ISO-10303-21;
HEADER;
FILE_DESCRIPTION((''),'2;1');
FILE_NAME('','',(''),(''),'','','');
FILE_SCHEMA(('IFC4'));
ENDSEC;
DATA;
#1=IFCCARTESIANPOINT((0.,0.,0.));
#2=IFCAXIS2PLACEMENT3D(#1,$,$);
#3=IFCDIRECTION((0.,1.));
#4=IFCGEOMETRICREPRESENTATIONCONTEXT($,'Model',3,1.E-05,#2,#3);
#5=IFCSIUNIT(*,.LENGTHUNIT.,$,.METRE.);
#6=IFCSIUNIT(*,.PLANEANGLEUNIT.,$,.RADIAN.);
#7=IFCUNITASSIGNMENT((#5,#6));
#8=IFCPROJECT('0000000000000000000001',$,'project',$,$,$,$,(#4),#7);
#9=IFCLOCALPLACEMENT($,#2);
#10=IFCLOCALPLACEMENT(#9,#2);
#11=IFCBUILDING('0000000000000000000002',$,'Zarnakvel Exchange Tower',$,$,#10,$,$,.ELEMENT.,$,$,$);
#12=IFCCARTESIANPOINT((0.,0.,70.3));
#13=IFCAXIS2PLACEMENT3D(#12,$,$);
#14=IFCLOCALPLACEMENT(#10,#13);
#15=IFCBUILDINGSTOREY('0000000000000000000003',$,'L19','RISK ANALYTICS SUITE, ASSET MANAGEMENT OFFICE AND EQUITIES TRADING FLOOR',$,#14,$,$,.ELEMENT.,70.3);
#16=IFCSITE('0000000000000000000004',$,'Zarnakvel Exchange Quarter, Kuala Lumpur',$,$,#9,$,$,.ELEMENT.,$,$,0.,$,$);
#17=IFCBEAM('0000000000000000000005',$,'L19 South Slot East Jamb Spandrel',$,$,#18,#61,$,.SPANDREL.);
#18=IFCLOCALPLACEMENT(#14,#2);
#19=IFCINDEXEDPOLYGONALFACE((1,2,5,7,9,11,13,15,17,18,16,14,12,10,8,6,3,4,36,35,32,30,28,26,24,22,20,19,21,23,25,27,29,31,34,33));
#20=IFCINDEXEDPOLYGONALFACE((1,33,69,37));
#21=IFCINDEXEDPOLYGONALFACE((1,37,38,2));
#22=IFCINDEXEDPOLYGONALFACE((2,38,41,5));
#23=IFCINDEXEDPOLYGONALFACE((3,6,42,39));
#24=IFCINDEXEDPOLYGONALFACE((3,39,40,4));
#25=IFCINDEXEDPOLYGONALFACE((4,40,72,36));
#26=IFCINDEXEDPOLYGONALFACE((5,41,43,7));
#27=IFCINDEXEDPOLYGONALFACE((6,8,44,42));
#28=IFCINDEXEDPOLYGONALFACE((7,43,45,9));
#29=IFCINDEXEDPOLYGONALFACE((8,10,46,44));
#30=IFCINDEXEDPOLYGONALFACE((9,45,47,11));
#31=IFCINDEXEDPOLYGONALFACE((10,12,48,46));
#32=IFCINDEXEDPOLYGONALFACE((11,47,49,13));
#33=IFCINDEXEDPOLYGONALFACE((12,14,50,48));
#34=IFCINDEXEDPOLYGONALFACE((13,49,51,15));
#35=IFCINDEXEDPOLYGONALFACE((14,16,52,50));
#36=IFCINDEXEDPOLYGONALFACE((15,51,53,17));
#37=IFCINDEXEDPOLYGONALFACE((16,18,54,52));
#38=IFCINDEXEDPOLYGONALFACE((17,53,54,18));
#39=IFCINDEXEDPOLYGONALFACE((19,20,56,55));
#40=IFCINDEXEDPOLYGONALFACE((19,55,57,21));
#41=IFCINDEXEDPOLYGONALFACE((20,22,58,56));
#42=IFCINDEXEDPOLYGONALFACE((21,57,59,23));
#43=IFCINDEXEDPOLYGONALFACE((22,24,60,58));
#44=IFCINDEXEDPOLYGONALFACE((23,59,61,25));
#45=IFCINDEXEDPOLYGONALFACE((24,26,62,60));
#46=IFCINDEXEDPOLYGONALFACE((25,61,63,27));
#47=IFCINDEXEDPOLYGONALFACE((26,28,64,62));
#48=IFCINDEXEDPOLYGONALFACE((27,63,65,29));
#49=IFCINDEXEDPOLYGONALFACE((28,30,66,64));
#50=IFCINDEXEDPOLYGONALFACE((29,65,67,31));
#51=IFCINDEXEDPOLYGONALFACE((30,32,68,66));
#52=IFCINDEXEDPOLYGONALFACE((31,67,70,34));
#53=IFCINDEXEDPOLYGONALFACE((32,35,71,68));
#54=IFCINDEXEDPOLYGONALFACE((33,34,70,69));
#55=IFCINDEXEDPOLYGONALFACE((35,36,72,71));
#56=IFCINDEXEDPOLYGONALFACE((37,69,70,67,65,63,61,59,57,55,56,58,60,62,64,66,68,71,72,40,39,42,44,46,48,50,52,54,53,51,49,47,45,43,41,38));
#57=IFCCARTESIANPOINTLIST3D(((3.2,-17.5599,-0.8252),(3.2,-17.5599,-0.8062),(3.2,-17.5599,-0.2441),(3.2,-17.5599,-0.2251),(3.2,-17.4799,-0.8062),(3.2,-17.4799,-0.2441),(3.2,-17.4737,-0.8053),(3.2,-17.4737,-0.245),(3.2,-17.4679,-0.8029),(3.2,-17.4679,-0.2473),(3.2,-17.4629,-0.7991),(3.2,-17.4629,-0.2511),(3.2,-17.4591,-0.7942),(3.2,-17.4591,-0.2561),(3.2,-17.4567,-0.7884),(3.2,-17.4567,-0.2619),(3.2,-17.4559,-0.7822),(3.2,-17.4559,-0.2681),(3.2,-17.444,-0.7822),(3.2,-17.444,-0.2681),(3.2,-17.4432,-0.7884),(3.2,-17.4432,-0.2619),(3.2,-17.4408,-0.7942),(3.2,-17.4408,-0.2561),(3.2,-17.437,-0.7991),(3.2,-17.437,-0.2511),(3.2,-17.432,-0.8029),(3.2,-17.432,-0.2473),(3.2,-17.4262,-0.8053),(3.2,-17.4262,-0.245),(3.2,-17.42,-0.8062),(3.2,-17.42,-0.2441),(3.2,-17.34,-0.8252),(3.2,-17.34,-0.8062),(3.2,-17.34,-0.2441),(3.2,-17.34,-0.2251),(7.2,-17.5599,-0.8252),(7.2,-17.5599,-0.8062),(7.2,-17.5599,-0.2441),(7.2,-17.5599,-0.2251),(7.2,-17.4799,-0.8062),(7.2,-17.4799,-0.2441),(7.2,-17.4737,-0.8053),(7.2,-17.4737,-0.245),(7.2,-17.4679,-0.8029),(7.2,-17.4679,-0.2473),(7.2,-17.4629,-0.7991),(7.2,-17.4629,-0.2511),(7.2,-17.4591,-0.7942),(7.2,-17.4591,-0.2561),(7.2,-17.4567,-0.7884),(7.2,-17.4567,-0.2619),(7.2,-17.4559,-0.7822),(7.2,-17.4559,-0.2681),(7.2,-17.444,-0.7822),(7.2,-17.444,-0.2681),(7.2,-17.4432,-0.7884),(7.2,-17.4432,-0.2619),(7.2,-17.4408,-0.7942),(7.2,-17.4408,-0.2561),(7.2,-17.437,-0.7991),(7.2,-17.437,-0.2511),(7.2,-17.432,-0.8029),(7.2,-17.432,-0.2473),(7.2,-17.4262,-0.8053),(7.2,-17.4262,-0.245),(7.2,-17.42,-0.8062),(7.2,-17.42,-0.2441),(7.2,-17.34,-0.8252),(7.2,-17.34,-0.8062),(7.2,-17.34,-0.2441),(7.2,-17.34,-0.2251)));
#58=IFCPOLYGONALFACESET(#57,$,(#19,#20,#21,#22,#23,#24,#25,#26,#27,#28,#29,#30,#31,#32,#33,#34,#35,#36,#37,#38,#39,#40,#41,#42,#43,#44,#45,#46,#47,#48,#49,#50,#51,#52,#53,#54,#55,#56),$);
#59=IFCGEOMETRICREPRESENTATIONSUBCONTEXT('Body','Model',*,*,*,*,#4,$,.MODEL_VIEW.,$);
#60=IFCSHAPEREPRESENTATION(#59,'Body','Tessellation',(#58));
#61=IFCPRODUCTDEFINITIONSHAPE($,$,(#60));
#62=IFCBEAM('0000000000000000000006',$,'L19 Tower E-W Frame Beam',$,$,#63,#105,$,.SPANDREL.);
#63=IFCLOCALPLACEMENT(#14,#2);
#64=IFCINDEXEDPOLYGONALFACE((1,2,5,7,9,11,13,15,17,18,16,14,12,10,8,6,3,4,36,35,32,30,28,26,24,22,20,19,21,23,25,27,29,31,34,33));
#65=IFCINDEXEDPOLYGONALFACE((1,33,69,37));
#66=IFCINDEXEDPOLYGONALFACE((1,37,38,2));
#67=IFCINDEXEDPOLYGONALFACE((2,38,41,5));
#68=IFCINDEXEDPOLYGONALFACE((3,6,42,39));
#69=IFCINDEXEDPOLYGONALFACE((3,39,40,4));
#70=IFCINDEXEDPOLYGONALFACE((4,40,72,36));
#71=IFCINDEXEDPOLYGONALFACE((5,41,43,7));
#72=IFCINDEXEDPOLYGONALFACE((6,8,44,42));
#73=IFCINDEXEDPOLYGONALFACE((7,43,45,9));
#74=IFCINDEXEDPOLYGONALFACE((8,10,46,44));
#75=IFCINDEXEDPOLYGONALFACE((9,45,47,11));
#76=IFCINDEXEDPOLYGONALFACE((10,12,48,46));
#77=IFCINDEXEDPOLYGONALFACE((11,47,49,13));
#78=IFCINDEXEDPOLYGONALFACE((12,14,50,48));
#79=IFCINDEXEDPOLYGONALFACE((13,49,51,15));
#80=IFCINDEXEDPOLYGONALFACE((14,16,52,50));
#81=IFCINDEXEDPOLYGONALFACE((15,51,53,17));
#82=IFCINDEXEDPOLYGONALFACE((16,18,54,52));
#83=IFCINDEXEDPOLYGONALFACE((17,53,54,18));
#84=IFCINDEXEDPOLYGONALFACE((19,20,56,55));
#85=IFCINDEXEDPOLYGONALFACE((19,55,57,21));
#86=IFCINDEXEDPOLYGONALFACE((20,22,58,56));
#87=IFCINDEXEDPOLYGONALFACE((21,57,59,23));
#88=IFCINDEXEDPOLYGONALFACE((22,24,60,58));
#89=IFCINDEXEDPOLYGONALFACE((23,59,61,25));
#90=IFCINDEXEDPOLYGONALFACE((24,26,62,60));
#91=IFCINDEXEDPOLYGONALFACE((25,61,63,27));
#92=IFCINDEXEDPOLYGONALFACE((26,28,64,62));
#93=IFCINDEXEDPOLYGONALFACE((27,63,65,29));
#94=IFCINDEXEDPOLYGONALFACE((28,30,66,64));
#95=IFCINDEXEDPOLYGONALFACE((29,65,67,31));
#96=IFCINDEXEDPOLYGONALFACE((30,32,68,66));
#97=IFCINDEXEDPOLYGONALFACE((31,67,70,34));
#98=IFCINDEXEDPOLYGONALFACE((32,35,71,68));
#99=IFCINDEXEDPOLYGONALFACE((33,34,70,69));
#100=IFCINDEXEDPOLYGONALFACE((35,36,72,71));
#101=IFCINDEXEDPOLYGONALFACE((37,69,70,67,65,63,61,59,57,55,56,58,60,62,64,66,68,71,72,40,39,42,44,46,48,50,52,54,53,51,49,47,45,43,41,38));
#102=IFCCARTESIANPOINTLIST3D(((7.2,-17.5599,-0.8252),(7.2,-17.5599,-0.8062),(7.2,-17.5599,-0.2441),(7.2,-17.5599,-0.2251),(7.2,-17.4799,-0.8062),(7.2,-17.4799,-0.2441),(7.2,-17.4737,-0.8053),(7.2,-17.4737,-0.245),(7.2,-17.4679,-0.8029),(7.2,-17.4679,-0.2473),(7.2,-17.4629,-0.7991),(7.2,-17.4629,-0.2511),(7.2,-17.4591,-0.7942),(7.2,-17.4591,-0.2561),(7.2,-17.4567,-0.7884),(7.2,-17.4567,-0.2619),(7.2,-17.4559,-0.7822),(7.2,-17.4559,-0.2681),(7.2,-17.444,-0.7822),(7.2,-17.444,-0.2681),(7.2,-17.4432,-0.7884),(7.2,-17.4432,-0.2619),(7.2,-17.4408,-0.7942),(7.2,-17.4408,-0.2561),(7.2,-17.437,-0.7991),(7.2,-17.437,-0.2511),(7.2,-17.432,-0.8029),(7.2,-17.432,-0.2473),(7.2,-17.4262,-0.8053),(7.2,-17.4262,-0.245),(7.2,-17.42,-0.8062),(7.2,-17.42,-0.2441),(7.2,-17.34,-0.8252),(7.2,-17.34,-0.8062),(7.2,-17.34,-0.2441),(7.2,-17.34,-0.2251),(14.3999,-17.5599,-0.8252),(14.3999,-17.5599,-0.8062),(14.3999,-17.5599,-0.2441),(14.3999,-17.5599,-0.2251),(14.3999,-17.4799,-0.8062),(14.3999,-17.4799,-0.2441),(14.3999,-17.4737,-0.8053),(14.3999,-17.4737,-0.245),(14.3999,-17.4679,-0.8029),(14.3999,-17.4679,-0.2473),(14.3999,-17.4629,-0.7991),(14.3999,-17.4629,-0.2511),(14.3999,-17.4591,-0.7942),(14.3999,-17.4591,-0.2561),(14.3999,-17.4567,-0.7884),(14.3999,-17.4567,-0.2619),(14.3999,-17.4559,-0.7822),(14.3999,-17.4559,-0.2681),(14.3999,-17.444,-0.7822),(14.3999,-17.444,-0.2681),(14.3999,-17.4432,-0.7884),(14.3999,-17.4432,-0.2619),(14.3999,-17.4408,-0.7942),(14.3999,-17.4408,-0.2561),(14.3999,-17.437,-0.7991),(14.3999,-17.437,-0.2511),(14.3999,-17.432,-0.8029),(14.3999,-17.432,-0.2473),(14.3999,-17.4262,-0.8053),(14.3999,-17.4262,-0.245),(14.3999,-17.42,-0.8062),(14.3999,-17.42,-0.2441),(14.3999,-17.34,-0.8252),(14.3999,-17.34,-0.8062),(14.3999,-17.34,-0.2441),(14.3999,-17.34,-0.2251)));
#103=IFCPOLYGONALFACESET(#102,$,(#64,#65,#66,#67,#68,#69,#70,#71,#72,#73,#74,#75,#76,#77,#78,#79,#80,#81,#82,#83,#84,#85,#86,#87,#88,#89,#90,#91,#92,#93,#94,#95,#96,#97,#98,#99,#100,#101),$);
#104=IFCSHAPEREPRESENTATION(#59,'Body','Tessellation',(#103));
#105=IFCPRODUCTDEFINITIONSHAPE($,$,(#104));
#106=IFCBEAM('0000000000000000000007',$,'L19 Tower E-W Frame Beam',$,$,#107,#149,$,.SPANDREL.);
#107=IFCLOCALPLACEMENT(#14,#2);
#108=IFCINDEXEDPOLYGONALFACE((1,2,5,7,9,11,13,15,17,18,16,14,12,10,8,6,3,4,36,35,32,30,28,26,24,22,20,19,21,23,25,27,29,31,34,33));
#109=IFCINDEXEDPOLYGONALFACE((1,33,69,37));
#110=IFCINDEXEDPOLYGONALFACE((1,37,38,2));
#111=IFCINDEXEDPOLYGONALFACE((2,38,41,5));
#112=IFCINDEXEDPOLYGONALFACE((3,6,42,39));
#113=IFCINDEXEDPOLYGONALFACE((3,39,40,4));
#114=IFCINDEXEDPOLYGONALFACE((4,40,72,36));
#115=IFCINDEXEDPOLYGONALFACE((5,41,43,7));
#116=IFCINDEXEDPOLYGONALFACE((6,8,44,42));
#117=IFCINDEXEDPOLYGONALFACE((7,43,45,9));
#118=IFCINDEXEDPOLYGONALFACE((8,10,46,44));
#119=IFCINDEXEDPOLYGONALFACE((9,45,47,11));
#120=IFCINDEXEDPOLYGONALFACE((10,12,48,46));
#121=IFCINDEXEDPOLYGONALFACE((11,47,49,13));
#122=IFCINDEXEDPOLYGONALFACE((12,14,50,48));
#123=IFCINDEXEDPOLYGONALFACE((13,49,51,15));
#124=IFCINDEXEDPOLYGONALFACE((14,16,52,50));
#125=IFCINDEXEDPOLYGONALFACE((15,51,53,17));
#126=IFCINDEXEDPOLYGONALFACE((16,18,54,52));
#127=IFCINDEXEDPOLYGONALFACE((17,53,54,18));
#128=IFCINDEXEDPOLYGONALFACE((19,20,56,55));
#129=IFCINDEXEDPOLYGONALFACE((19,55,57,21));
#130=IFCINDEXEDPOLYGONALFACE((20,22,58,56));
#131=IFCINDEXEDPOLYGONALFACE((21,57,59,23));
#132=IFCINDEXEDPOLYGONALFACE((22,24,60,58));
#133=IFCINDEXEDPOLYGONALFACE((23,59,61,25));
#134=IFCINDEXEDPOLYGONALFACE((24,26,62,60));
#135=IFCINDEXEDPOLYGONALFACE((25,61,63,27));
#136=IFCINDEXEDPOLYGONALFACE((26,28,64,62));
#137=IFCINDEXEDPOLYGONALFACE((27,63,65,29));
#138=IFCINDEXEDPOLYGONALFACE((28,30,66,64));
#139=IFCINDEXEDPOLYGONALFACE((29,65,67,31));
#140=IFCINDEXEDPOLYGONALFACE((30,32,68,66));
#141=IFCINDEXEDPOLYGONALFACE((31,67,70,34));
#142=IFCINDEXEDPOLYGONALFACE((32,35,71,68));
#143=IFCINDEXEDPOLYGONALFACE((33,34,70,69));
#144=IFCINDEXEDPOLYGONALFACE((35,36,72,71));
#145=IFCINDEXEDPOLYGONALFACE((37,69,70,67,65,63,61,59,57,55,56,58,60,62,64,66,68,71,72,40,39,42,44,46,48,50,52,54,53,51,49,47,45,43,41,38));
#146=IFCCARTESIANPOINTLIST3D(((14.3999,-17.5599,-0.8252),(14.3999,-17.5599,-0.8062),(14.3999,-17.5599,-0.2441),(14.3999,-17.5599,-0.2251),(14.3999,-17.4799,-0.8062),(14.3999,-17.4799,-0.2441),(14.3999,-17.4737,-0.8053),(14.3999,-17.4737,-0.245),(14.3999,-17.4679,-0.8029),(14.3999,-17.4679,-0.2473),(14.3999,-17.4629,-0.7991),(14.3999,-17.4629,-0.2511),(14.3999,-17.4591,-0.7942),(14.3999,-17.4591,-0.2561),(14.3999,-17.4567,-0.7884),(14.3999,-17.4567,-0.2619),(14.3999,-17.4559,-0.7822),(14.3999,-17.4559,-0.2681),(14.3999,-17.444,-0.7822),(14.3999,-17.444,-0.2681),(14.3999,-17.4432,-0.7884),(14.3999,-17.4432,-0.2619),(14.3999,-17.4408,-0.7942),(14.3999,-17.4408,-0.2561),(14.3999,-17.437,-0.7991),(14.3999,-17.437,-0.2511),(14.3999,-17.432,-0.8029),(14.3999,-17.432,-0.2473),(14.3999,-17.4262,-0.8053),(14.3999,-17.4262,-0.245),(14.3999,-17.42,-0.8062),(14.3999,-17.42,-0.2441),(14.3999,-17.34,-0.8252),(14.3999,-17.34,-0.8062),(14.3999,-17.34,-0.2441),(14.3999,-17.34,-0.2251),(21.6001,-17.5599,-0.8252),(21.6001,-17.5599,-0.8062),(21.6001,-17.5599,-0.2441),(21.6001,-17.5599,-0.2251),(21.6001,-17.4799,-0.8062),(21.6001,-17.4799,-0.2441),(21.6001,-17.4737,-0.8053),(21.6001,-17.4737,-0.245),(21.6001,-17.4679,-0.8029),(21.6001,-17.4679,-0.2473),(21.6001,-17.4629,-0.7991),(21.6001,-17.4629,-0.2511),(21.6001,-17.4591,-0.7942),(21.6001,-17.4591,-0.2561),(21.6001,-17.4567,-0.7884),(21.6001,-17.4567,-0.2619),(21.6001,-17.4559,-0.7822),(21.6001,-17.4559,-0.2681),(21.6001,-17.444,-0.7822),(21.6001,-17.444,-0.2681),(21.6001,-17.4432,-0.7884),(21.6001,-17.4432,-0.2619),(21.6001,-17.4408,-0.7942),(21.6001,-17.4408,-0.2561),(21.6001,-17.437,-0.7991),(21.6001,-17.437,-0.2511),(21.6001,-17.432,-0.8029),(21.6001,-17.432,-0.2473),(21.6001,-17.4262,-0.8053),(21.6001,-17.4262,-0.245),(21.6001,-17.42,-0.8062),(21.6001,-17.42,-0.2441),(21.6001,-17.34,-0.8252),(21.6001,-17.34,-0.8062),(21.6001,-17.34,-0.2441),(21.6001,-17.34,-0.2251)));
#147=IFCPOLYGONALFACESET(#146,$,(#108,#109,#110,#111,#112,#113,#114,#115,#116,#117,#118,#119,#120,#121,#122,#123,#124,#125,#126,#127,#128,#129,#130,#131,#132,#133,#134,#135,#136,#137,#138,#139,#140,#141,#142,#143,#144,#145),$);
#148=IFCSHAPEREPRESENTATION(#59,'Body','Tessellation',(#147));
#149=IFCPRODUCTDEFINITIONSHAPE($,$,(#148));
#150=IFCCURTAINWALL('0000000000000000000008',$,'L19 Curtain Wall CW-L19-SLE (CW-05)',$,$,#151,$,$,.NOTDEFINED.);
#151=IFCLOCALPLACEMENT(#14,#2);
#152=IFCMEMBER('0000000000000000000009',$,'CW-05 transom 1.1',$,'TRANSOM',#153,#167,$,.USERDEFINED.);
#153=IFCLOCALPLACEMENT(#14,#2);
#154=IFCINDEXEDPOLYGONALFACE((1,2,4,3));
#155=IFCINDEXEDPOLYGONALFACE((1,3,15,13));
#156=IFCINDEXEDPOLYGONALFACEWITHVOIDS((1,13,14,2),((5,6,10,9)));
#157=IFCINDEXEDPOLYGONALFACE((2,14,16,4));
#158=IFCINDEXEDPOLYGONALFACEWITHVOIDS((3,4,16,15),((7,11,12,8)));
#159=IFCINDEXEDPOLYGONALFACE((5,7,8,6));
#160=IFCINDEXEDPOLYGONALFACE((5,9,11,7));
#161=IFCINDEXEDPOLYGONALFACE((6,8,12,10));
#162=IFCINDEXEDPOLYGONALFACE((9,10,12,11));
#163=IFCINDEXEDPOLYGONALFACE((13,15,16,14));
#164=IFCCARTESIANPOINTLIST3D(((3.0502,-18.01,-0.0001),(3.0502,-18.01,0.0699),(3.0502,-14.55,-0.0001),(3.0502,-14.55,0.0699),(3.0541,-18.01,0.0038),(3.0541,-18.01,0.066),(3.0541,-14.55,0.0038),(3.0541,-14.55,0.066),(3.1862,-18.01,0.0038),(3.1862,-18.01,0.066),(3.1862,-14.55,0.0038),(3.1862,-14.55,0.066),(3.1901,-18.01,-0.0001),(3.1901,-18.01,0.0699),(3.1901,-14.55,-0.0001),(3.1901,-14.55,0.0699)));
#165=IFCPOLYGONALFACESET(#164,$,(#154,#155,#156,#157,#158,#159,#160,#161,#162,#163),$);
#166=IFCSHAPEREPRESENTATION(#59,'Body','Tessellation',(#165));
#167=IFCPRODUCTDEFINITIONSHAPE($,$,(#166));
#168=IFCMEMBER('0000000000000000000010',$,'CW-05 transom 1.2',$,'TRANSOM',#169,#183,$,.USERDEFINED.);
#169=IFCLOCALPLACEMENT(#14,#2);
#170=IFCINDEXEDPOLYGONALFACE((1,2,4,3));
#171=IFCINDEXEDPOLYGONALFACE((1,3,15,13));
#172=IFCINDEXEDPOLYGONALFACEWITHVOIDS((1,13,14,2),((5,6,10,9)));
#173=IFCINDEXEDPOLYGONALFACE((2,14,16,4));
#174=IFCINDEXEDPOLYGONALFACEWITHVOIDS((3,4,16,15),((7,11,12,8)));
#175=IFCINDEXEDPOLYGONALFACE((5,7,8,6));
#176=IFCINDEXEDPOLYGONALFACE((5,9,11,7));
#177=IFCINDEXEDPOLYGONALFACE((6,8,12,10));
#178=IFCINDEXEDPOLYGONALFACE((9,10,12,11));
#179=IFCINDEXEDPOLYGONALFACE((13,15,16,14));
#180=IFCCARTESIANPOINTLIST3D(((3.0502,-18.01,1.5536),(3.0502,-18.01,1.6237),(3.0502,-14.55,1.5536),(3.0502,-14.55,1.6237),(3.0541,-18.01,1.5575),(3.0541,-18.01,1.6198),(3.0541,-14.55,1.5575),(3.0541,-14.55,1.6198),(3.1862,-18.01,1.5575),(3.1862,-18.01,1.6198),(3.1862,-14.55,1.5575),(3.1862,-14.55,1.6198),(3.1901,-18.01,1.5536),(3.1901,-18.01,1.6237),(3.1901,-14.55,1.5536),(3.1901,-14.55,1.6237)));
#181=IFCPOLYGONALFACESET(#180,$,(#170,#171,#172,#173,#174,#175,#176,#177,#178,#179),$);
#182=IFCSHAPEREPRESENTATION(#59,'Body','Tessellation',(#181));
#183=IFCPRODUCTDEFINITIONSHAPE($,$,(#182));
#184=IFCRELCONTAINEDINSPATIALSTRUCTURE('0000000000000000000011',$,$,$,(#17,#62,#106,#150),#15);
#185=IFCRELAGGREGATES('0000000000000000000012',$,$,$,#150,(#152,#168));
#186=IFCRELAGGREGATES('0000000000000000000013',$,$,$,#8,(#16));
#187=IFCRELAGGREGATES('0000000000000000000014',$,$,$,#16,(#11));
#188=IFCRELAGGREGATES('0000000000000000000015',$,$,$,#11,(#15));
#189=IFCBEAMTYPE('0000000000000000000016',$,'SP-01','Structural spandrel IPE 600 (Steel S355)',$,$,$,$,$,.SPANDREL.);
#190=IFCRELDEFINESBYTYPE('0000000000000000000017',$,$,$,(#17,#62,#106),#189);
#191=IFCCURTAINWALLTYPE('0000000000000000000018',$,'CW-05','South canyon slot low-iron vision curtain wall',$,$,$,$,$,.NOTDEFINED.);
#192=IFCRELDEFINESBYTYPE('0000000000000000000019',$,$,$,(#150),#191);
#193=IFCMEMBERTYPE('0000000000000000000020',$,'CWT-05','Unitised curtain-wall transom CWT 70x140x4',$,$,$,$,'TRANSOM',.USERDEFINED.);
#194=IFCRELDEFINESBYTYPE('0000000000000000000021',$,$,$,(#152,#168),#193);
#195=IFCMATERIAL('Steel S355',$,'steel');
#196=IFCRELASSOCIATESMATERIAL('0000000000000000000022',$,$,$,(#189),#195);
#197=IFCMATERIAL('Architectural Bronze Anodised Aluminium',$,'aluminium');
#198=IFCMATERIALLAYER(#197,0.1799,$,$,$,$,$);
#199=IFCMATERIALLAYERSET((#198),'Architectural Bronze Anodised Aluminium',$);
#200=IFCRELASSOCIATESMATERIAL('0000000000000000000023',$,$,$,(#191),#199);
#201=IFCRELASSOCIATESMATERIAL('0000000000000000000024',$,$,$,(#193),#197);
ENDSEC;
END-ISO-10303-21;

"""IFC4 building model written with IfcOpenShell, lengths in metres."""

from ifc_helpers import new_model, si_unit, direction, frame, origin, origin_2d, place, context, subcontext, project, spatial, hollow_rectangle, i_section, extrude, source, transform, mapped, material, layer, layer_set, material_profile, profile_set, type_object, element, aggregate, save


model = new_model("IFC4")

# Units and contexts
model_context = context("Model", 3, precision=1e-05, world=origin(), true_north=direction((0.0, 1.0)))
body_context = subcontext(model_context, "Body", "Model", "MODEL_VIEW")
ifc_project = project(units=[si_unit("LENGTHUNIT", "METRE"), si_unit("PLANEANGLEUNIT", "RADIAN")], contexts=[model_context])

# Site, building, storey
site_placement = place(None, origin())
site = spatial("IfcSite", under=ifc_project, at=site_placement, Name="Zarnakvel Exchange Quarter, Kuala Lumpur", CompositionType="ELEMENT", RefElevation=0.0)
building_placement = place(site_placement, origin())
building = spatial("IfcBuilding", under=site, at=building_placement, Name="Zarnakvel Exchange Tower", CompositionType="ELEMENT")
storey_placement = place(building_placement, frame((0.0, 0.0, 70.3)))
storey = spatial("IfcBuildingStorey", under=building, at=storey_placement, Name="L19", Description="RISK ANALYTICS SUITE, ASSET MANAGEMENT OFFICE AND EQUITIES TRADING FLOOR", CompositionType="ELEMENT", Elevation=70.3)

# Beams
ifc_material_1 = material(Name="Steel S355", Category="steel")
ifc_material_profile_1 = material_profile(ifc_material_1, i_section(OverallWidth=0.22, OverallDepth=0.6001, WebThickness=0.012, FlangeThickness=0.019, FilletRadius=0.0239, at=origin_2d()))
ifc_profile_set_1 = profile_set([ifc_material_profile_1], Name="Steel S355")
beam_type_1 = type_object("IfcBeamType", Name="SP-01", Description="Structural spandrel IPE 600 (Steel S355)", PredefinedType="SPANDREL", material=ifc_profile_set_1)
beam_1_placement = place(storey_placement, frame((3.2, -17.45, -0.5251), z_axis=(1.0, 0.0, 0.0), x_axis=(0.0, 1.0, 0.0)))
element("IfcBeam", 1, at=beam_1_placement, inside=storey, type_object=beam_type_1, Name="L19 South Slot East Jamb Spandrel", PredefinedType="SPANDREL", context=body_context, shape_type="SweptSolid", body=[
    extrude(i_section(OverallWidth=0.22, OverallDepth=0.6001, WebThickness=0.012, FlangeThickness=0.019, FilletRadius=0.0239, at=origin_2d()), origin(), (0.0, 0.0, 1.0), 4.0),
])
beam_2_placement = place(storey_placement, frame((7.2, -17.45, -0.5251), z_axis=(1.0, 0.0, 0.0), x_axis=(0.0, 1.0, 0.0)))
element("IfcBeam", 2, at=beam_2_placement, inside=storey, type_object=beam_type_1, Name="L19 Tower E-W Frame Beam", PredefinedType="SPANDREL", context=body_context, shape_type="SweptSolid", body=[
    extrude(i_section(OverallWidth=0.22, OverallDepth=0.6001, WebThickness=0.012, FlangeThickness=0.019, FilletRadius=0.0239, at=origin_2d()), origin(), (0.0, 0.0, 1.0), 7.2),
])
beam_3_placement = place(storey_placement, frame((14.3999, -17.45, -0.5251), z_axis=(1.0, 0.0, 0.0), x_axis=(0.0, 1.0, 0.0)))
element("IfcBeam", 3, at=beam_3_placement, inside=storey, type_object=beam_type_1, Name="L19 Tower E-W Frame Beam", PredefinedType="SPANDREL", context=body_context, shape_type="SweptSolid", body=[
    extrude(i_section(OverallWidth=0.22, OverallDepth=0.6001, WebThickness=0.012, FlangeThickness=0.019, FilletRadius=0.0239, at=origin_2d()), origin(), (0.0, 0.0, 1.0), 7.2002),
])

# Curtain wall, members
ifc_material_2 = material(Name="Architectural Bronze Anodised Aluminium", Category="aluminium")
ifc_layer_1 = layer(ifc_material_2, 0.1799)
ifc_layer_set_1 = layer_set([ifc_layer_1], Name="Architectural Bronze Anodised Aluminium")
curtain_wall_type = type_object("IfcCurtainWallType", Name="CW-05", Description="South canyon slot low-iron vision curtain wall", PredefinedType="NOTDEFINED", material=ifc_layer_set_1)
curtain_wall_1_placement = place(storey_placement, origin())
curtain_wall_1 = element("IfcCurtainWall", 4, at=curtain_wall_1_placement, inside=storey, type_object=curtain_wall_type, Name="L19 Curtain Wall CW-L19-SLE (CW-05)", PredefinedType="NOTDEFINED")
ifc_material_profile_2 = material_profile(ifc_material_2, hollow_rectangle(XDim=0.1399, YDim=0.0701, WallThickness=0.0039, at=origin_2d()))
ifc_profile_set_2 = profile_set([ifc_material_profile_2], Name="Architectural Bronze Anodised Aluminium")
member_type_1 = type_object("IfcMemberType", Name="CWT-05", Description="Unitised curtain-wall transom CWT 70x140x4", ElementType="TRANSOM", PredefinedType="USERDEFINED", material=ifc_profile_set_2)
shared_shape_1 = source(origin(), body_context, "Body", "SweptSolid", [
    extrude(hollow_rectangle(XDim=0.1399, YDim=0.0701, WallThickness=0.0039, at=origin_2d()), origin(), (0.0, 0.0, 1.0), 3.46),
])
member_1_placement = place(storey_placement, frame((3.1201, -14.55, 0.0349), z_axis=(0.0, -1.0, 0.0), x_axis=(1.0, 0.0, 0.0)))
member_1 = element("IfcMember", 5, at=member_1_placement, type_object=member_type_1, Name="CW-05 transom 1.1", ObjectType="TRANSOM", PredefinedType="USERDEFINED", context=body_context, shape_type="MappedRepresentation", body=[
    mapped(shared_shape_1, transform((0.0, 0.0, 0.0), x_axis=(1.0, 0.0, 0.0), y_axis=(0.0, 1.0, 0.0), z_axis=(0.0, 0.0, 1.0), scale=1.0)),
])
member_2_placement = place(storey_placement, frame((3.1201, -14.55, 1.5886), z_axis=(0.0, -1.0, 0.0), x_axis=(1.0, 0.0, 0.0)))
member_2 = element("IfcMember", 6, at=member_2_placement, type_object=member_type_1, Name="CW-05 transom 1.2", ObjectType="TRANSOM", PredefinedType="USERDEFINED", context=body_context, shape_type="MappedRepresentation", body=[
    mapped(shared_shape_1, transform((0.0, 0.0, 0.0), x_axis=(1.0, 0.0, 0.0), y_axis=(0.0, 1.0, 0.0), z_axis=(0.0, 0.0, 1.0), scale=1.0)),
])

aggregate(curtain_wall_1, [member_1, member_2])

save(model, "model.ifc")
